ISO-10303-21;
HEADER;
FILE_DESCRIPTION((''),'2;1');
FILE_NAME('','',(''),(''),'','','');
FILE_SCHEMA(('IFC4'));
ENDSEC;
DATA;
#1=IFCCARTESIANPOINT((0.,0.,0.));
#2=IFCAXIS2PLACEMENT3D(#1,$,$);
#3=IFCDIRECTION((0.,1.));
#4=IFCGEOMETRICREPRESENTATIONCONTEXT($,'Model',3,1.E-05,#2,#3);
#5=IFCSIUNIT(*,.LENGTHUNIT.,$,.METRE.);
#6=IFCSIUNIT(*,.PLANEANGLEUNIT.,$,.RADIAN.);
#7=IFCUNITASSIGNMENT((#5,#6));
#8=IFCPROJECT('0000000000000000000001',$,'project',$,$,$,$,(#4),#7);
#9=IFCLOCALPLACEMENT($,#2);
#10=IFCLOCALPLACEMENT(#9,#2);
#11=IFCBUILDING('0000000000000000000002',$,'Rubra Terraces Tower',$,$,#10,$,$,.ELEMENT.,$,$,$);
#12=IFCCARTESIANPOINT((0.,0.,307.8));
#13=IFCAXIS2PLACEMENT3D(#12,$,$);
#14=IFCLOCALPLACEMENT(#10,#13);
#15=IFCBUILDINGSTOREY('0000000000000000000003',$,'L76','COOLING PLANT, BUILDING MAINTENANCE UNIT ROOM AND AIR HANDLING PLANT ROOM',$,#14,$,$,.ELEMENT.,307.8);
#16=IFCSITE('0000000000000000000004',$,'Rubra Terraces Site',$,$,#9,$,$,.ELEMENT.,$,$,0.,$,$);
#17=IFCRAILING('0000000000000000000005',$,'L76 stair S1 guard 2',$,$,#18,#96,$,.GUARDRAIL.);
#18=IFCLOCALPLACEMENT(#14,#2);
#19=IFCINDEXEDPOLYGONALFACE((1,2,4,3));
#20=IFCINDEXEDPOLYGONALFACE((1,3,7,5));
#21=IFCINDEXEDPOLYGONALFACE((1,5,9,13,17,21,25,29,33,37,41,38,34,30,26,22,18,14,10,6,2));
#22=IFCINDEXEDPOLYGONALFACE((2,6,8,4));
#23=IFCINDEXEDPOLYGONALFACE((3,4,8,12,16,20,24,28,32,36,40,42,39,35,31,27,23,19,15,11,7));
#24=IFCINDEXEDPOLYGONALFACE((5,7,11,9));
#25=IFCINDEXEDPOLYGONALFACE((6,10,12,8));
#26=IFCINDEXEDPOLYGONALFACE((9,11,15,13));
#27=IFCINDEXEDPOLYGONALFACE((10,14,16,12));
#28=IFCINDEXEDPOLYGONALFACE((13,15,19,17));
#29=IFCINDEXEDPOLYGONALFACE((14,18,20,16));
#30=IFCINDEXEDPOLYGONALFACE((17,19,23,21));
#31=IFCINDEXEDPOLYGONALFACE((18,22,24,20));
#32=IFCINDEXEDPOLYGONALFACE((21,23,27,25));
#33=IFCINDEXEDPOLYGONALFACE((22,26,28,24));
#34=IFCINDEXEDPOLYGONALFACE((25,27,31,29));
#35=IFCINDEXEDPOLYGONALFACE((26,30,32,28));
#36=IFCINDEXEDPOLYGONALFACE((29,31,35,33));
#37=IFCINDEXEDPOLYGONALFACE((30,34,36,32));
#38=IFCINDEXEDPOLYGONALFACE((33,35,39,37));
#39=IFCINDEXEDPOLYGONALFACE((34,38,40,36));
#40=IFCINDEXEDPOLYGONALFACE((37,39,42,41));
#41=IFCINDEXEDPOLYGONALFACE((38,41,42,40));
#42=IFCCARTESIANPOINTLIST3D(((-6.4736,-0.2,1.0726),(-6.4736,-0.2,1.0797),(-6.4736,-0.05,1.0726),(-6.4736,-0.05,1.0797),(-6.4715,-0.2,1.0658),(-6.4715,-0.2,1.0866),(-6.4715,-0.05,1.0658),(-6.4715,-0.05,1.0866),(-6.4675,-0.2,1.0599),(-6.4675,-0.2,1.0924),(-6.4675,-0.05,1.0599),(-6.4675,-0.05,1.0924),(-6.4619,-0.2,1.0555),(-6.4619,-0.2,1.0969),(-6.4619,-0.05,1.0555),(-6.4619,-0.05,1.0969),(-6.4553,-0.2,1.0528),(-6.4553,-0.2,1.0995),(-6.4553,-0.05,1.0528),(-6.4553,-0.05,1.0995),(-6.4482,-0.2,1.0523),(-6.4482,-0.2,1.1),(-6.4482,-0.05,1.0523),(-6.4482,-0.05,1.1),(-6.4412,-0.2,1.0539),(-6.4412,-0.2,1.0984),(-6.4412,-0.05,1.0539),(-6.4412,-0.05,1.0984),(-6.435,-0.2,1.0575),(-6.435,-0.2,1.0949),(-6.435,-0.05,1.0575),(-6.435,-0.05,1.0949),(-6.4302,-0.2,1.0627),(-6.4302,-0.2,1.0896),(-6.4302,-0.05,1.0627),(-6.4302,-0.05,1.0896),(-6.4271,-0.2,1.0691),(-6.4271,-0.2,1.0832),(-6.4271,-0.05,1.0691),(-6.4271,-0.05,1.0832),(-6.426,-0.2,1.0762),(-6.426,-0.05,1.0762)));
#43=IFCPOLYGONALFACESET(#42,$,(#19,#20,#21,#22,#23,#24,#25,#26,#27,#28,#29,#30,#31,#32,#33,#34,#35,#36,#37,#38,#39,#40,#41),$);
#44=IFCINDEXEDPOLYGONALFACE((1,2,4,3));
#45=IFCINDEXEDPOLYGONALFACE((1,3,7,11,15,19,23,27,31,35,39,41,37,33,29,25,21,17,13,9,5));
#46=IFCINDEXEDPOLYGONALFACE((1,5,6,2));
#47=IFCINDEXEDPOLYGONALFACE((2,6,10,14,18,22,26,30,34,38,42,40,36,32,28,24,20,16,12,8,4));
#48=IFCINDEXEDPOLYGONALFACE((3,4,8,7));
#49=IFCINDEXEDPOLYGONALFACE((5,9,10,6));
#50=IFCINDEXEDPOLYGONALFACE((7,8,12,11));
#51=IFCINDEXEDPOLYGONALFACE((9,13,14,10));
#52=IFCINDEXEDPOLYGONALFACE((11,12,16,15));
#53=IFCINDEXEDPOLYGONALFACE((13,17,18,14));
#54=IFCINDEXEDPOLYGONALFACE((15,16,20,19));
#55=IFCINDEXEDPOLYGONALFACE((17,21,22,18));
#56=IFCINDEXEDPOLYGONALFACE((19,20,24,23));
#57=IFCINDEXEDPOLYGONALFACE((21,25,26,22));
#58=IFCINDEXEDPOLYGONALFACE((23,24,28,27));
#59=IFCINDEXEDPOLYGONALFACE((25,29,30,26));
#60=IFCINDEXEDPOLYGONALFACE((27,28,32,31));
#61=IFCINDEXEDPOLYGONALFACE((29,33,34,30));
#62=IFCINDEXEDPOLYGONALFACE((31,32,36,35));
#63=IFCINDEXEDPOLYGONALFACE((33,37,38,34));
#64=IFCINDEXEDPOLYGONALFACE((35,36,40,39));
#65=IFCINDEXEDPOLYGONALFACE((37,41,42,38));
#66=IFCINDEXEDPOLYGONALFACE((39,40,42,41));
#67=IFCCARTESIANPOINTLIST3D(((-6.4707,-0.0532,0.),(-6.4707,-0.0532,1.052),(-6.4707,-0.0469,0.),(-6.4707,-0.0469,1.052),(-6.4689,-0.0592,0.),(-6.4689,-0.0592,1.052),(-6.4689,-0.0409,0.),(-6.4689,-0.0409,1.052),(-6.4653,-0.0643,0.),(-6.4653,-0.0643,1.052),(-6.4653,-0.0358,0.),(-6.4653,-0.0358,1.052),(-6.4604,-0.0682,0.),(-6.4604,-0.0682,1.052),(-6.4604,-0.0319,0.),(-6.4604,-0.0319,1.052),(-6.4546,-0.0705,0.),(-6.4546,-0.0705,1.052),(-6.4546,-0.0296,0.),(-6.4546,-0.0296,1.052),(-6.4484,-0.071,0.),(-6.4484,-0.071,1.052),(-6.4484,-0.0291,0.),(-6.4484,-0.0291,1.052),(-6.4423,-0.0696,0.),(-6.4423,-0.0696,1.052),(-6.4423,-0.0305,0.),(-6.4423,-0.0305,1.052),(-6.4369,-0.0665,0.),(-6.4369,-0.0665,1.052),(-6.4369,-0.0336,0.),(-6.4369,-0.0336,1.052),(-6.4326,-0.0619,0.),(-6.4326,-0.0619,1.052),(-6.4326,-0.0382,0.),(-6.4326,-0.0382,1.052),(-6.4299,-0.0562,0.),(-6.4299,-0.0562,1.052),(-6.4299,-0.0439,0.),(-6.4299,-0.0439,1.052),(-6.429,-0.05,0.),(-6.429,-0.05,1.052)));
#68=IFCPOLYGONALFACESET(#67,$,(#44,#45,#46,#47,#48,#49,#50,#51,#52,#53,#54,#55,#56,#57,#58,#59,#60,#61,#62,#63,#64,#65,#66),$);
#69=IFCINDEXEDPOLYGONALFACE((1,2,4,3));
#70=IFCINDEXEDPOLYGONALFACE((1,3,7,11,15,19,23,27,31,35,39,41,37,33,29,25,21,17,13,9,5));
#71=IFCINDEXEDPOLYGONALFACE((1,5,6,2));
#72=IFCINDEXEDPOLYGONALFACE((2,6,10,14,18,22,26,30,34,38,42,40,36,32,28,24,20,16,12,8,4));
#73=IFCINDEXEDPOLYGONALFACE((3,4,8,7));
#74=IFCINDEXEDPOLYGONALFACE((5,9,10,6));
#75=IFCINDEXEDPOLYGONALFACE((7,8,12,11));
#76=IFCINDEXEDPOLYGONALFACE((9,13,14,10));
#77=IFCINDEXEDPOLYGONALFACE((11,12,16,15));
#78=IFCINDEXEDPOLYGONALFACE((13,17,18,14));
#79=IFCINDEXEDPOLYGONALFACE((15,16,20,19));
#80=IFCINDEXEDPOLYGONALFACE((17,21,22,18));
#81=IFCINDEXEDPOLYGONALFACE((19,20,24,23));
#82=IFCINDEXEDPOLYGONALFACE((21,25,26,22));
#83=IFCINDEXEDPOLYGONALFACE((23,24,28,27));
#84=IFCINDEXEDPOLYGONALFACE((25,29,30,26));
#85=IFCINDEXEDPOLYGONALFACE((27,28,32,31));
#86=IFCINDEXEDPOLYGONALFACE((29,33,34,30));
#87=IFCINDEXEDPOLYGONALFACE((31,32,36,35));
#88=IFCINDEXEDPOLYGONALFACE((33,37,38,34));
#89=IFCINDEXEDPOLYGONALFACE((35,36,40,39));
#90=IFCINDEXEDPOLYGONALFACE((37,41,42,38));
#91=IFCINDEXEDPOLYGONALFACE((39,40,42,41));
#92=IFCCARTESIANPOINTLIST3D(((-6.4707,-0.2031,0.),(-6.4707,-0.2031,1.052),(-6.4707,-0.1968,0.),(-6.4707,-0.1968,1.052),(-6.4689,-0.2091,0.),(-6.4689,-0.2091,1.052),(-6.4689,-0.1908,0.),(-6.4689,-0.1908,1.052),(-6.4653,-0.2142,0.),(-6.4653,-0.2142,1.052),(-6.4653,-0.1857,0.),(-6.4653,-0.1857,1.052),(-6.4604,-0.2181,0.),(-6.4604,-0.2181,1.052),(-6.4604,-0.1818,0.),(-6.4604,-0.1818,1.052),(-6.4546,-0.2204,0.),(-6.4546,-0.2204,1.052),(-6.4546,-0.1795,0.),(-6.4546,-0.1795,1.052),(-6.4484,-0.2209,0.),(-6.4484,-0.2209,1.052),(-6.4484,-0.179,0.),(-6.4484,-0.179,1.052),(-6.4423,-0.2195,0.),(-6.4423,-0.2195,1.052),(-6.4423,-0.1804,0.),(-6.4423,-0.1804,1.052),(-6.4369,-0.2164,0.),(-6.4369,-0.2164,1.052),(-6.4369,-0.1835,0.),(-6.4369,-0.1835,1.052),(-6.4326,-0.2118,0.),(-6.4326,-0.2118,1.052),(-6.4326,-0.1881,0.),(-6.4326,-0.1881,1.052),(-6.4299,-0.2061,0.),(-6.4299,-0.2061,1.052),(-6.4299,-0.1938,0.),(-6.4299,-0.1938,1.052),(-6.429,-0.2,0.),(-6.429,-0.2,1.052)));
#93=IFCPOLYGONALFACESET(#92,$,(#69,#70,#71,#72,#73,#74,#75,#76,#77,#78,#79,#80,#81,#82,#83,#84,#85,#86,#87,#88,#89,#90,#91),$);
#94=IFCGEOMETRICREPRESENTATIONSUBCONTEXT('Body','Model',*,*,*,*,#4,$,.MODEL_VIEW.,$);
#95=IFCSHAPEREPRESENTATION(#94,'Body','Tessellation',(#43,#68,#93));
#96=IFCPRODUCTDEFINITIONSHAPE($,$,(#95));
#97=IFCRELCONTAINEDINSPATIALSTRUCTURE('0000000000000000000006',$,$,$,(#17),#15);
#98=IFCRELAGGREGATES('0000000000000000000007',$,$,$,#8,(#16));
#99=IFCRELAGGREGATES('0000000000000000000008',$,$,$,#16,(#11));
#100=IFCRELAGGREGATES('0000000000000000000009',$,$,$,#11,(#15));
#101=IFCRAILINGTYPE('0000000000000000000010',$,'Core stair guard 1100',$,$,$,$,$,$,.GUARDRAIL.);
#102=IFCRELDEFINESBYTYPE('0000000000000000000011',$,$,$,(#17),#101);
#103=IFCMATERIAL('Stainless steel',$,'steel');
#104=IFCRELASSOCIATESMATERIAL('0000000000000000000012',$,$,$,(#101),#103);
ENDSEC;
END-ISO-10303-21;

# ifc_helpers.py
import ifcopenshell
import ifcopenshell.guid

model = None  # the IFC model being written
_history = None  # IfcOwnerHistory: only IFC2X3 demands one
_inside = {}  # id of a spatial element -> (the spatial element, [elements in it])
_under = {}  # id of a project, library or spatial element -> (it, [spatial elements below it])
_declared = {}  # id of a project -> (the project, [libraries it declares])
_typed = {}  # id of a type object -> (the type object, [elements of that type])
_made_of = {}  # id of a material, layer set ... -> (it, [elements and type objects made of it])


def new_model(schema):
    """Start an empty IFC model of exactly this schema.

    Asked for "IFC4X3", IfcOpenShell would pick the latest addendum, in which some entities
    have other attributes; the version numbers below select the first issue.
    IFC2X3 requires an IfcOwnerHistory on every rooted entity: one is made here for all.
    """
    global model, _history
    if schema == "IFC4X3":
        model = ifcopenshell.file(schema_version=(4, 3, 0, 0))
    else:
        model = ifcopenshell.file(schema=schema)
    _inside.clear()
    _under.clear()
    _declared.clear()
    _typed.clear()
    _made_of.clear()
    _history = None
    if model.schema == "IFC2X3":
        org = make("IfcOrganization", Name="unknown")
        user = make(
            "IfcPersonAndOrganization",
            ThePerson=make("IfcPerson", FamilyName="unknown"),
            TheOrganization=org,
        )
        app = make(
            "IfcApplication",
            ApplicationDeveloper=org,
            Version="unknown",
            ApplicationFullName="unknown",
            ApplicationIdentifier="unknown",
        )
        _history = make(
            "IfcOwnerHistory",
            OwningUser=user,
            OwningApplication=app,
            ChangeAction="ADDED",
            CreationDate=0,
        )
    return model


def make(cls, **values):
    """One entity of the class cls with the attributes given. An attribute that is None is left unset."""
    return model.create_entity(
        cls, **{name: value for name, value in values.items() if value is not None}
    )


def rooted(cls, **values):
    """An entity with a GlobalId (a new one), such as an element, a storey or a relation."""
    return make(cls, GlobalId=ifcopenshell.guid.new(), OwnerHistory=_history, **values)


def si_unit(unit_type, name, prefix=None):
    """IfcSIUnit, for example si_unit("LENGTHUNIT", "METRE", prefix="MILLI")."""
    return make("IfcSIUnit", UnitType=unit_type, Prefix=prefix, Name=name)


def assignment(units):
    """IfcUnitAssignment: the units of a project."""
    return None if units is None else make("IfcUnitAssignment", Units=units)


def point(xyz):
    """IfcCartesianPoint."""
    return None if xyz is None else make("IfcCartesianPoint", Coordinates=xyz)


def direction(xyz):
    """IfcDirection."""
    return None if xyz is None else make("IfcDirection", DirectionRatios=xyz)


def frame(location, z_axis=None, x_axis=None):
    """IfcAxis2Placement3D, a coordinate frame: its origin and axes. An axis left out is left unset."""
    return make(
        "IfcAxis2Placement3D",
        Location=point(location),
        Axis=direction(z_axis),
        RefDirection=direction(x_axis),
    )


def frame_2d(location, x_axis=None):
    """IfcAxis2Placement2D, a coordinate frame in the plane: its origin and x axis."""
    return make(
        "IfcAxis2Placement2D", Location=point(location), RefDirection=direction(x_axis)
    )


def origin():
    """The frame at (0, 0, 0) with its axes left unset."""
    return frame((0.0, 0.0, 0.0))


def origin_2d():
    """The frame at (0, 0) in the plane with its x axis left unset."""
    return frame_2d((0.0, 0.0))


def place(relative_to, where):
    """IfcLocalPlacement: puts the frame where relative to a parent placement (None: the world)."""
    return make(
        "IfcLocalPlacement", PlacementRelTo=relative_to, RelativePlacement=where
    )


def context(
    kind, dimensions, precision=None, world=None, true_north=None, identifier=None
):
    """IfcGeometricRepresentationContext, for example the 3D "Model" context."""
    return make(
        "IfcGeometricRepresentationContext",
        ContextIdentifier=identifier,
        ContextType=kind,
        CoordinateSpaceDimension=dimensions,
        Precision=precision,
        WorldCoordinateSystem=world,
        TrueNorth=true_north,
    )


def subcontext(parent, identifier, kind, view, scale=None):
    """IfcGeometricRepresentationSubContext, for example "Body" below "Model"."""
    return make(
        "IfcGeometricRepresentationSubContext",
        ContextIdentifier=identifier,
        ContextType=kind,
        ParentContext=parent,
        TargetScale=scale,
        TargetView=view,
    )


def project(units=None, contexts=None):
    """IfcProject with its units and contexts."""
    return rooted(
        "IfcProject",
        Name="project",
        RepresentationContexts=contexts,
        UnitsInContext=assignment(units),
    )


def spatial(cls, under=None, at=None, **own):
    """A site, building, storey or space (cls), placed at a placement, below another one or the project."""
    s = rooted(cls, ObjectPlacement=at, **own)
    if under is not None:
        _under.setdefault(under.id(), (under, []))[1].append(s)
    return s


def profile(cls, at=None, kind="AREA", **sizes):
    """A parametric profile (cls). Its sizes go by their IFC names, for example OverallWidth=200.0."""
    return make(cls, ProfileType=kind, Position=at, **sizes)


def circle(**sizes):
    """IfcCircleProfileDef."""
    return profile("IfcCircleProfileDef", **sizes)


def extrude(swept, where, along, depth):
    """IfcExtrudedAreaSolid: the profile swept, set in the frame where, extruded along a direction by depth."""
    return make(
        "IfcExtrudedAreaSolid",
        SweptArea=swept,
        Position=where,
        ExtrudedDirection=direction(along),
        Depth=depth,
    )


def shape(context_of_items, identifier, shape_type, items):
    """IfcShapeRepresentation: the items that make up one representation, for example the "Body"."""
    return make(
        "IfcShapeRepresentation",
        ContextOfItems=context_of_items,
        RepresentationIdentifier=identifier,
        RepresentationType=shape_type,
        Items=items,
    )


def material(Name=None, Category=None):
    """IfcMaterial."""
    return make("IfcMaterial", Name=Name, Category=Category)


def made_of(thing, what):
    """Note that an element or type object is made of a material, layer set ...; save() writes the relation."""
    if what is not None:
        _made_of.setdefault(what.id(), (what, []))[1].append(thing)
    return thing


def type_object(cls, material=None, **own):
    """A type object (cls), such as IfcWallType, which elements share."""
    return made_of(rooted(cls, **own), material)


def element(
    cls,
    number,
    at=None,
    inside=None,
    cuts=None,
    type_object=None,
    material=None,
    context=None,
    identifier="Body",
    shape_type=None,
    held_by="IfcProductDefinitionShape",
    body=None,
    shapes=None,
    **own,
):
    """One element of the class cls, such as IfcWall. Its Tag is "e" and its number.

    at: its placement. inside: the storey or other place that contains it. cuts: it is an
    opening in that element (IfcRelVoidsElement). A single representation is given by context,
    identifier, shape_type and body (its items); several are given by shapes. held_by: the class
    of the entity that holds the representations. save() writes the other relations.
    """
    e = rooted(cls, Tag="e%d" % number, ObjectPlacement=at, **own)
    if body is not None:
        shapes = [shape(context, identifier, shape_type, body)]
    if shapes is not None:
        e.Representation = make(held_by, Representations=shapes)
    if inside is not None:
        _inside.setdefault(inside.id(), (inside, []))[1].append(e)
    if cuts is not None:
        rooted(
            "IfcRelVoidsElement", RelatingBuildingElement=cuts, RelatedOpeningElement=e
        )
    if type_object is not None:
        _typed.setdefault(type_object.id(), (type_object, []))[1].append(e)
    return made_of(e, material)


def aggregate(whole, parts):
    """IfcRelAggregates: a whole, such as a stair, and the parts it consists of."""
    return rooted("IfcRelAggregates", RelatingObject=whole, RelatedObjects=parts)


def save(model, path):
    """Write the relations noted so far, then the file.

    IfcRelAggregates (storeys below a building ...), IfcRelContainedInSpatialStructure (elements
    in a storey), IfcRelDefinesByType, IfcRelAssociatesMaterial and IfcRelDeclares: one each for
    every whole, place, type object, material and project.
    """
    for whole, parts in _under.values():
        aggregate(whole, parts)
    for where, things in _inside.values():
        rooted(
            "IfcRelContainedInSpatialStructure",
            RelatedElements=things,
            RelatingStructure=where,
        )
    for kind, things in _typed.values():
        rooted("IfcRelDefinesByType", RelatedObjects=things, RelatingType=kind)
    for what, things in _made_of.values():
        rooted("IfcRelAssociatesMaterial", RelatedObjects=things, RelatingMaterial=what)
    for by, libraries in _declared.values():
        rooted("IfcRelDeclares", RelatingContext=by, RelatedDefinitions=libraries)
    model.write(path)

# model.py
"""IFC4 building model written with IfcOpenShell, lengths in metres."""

from ifc_helpers import new_model, si_unit, direction, frame, origin, origin_2d, place, context, subcontext, project, spatial, circle, extrude, material, type_object, element, save


model = new_model("IFC4")

# Units and contexts
model_context = context("Model", 3, precision=1e-05, world=origin(), true_north=direction((0.0, 1.0)))
body_context = subcontext(model_context, "Body", "Model", "MODEL_VIEW")
ifc_project = project(units=[si_unit("LENGTHUNIT", "METRE"), si_unit("PLANEANGLEUNIT", "RADIAN")], contexts=[model_context])

# Site, building, storey
site_placement = place(None, origin())
site = spatial("IfcSite", under=ifc_project, at=site_placement, Name="Rubra Terraces Site", CompositionType="ELEMENT", RefElevation=0.0)
building_placement = place(site_placement, origin())
building = spatial("IfcBuilding", under=site, at=building_placement, Name="Rubra Terraces Tower", CompositionType="ELEMENT")
storey_placement = place(building_placement, frame((0.0, 0.0, 307.8)))
storey = spatial("IfcBuildingStorey", under=building, at=storey_placement, Name="L76", Description="COOLING PLANT, BUILDING MAINTENANCE UNIT ROOM AND AIR HANDLING PLANT ROOM", CompositionType="ELEMENT", Elevation=307.8)

# Railing
ifc_material_1 = material(Name="Stainless steel", Category="steel")
railing_type = type_object("IfcRailingType", Name="Core stair guard 1100", PredefinedType="GUARDRAIL", material=ifc_material_1)
railing_1_placement = place(storey_placement, frame((-6.45, -0.05, 0.0)))
element("IfcRailing", 1, at=railing_1_placement, inside=storey, type_object=railing_type, Name="L76 stair S1 guard 2", PredefinedType="GUARDRAIL", context=body_context, shape_type="SweptSolid", body=[
    extrude(circle(Radius=0.0239, at=origin_2d()), frame((0.0, 0.0, 1.0762), z_axis=(0.0, -1.0, 0.0), x_axis=(1.0, 0.0, 0.0)), (0.0, 0.0, 1.0), 0.1499),
    extrude(circle(Radius=0.021, at=origin_2d()), origin(), (0.0, 0.0, 1.0), 1.052),
    extrude(circle(Radius=0.021, at=origin_2d()), frame((0.0, -0.1499, 0.0)), (0.0, 0.0, 1.0), 1.052),
])

save(model, "model.ifc")
